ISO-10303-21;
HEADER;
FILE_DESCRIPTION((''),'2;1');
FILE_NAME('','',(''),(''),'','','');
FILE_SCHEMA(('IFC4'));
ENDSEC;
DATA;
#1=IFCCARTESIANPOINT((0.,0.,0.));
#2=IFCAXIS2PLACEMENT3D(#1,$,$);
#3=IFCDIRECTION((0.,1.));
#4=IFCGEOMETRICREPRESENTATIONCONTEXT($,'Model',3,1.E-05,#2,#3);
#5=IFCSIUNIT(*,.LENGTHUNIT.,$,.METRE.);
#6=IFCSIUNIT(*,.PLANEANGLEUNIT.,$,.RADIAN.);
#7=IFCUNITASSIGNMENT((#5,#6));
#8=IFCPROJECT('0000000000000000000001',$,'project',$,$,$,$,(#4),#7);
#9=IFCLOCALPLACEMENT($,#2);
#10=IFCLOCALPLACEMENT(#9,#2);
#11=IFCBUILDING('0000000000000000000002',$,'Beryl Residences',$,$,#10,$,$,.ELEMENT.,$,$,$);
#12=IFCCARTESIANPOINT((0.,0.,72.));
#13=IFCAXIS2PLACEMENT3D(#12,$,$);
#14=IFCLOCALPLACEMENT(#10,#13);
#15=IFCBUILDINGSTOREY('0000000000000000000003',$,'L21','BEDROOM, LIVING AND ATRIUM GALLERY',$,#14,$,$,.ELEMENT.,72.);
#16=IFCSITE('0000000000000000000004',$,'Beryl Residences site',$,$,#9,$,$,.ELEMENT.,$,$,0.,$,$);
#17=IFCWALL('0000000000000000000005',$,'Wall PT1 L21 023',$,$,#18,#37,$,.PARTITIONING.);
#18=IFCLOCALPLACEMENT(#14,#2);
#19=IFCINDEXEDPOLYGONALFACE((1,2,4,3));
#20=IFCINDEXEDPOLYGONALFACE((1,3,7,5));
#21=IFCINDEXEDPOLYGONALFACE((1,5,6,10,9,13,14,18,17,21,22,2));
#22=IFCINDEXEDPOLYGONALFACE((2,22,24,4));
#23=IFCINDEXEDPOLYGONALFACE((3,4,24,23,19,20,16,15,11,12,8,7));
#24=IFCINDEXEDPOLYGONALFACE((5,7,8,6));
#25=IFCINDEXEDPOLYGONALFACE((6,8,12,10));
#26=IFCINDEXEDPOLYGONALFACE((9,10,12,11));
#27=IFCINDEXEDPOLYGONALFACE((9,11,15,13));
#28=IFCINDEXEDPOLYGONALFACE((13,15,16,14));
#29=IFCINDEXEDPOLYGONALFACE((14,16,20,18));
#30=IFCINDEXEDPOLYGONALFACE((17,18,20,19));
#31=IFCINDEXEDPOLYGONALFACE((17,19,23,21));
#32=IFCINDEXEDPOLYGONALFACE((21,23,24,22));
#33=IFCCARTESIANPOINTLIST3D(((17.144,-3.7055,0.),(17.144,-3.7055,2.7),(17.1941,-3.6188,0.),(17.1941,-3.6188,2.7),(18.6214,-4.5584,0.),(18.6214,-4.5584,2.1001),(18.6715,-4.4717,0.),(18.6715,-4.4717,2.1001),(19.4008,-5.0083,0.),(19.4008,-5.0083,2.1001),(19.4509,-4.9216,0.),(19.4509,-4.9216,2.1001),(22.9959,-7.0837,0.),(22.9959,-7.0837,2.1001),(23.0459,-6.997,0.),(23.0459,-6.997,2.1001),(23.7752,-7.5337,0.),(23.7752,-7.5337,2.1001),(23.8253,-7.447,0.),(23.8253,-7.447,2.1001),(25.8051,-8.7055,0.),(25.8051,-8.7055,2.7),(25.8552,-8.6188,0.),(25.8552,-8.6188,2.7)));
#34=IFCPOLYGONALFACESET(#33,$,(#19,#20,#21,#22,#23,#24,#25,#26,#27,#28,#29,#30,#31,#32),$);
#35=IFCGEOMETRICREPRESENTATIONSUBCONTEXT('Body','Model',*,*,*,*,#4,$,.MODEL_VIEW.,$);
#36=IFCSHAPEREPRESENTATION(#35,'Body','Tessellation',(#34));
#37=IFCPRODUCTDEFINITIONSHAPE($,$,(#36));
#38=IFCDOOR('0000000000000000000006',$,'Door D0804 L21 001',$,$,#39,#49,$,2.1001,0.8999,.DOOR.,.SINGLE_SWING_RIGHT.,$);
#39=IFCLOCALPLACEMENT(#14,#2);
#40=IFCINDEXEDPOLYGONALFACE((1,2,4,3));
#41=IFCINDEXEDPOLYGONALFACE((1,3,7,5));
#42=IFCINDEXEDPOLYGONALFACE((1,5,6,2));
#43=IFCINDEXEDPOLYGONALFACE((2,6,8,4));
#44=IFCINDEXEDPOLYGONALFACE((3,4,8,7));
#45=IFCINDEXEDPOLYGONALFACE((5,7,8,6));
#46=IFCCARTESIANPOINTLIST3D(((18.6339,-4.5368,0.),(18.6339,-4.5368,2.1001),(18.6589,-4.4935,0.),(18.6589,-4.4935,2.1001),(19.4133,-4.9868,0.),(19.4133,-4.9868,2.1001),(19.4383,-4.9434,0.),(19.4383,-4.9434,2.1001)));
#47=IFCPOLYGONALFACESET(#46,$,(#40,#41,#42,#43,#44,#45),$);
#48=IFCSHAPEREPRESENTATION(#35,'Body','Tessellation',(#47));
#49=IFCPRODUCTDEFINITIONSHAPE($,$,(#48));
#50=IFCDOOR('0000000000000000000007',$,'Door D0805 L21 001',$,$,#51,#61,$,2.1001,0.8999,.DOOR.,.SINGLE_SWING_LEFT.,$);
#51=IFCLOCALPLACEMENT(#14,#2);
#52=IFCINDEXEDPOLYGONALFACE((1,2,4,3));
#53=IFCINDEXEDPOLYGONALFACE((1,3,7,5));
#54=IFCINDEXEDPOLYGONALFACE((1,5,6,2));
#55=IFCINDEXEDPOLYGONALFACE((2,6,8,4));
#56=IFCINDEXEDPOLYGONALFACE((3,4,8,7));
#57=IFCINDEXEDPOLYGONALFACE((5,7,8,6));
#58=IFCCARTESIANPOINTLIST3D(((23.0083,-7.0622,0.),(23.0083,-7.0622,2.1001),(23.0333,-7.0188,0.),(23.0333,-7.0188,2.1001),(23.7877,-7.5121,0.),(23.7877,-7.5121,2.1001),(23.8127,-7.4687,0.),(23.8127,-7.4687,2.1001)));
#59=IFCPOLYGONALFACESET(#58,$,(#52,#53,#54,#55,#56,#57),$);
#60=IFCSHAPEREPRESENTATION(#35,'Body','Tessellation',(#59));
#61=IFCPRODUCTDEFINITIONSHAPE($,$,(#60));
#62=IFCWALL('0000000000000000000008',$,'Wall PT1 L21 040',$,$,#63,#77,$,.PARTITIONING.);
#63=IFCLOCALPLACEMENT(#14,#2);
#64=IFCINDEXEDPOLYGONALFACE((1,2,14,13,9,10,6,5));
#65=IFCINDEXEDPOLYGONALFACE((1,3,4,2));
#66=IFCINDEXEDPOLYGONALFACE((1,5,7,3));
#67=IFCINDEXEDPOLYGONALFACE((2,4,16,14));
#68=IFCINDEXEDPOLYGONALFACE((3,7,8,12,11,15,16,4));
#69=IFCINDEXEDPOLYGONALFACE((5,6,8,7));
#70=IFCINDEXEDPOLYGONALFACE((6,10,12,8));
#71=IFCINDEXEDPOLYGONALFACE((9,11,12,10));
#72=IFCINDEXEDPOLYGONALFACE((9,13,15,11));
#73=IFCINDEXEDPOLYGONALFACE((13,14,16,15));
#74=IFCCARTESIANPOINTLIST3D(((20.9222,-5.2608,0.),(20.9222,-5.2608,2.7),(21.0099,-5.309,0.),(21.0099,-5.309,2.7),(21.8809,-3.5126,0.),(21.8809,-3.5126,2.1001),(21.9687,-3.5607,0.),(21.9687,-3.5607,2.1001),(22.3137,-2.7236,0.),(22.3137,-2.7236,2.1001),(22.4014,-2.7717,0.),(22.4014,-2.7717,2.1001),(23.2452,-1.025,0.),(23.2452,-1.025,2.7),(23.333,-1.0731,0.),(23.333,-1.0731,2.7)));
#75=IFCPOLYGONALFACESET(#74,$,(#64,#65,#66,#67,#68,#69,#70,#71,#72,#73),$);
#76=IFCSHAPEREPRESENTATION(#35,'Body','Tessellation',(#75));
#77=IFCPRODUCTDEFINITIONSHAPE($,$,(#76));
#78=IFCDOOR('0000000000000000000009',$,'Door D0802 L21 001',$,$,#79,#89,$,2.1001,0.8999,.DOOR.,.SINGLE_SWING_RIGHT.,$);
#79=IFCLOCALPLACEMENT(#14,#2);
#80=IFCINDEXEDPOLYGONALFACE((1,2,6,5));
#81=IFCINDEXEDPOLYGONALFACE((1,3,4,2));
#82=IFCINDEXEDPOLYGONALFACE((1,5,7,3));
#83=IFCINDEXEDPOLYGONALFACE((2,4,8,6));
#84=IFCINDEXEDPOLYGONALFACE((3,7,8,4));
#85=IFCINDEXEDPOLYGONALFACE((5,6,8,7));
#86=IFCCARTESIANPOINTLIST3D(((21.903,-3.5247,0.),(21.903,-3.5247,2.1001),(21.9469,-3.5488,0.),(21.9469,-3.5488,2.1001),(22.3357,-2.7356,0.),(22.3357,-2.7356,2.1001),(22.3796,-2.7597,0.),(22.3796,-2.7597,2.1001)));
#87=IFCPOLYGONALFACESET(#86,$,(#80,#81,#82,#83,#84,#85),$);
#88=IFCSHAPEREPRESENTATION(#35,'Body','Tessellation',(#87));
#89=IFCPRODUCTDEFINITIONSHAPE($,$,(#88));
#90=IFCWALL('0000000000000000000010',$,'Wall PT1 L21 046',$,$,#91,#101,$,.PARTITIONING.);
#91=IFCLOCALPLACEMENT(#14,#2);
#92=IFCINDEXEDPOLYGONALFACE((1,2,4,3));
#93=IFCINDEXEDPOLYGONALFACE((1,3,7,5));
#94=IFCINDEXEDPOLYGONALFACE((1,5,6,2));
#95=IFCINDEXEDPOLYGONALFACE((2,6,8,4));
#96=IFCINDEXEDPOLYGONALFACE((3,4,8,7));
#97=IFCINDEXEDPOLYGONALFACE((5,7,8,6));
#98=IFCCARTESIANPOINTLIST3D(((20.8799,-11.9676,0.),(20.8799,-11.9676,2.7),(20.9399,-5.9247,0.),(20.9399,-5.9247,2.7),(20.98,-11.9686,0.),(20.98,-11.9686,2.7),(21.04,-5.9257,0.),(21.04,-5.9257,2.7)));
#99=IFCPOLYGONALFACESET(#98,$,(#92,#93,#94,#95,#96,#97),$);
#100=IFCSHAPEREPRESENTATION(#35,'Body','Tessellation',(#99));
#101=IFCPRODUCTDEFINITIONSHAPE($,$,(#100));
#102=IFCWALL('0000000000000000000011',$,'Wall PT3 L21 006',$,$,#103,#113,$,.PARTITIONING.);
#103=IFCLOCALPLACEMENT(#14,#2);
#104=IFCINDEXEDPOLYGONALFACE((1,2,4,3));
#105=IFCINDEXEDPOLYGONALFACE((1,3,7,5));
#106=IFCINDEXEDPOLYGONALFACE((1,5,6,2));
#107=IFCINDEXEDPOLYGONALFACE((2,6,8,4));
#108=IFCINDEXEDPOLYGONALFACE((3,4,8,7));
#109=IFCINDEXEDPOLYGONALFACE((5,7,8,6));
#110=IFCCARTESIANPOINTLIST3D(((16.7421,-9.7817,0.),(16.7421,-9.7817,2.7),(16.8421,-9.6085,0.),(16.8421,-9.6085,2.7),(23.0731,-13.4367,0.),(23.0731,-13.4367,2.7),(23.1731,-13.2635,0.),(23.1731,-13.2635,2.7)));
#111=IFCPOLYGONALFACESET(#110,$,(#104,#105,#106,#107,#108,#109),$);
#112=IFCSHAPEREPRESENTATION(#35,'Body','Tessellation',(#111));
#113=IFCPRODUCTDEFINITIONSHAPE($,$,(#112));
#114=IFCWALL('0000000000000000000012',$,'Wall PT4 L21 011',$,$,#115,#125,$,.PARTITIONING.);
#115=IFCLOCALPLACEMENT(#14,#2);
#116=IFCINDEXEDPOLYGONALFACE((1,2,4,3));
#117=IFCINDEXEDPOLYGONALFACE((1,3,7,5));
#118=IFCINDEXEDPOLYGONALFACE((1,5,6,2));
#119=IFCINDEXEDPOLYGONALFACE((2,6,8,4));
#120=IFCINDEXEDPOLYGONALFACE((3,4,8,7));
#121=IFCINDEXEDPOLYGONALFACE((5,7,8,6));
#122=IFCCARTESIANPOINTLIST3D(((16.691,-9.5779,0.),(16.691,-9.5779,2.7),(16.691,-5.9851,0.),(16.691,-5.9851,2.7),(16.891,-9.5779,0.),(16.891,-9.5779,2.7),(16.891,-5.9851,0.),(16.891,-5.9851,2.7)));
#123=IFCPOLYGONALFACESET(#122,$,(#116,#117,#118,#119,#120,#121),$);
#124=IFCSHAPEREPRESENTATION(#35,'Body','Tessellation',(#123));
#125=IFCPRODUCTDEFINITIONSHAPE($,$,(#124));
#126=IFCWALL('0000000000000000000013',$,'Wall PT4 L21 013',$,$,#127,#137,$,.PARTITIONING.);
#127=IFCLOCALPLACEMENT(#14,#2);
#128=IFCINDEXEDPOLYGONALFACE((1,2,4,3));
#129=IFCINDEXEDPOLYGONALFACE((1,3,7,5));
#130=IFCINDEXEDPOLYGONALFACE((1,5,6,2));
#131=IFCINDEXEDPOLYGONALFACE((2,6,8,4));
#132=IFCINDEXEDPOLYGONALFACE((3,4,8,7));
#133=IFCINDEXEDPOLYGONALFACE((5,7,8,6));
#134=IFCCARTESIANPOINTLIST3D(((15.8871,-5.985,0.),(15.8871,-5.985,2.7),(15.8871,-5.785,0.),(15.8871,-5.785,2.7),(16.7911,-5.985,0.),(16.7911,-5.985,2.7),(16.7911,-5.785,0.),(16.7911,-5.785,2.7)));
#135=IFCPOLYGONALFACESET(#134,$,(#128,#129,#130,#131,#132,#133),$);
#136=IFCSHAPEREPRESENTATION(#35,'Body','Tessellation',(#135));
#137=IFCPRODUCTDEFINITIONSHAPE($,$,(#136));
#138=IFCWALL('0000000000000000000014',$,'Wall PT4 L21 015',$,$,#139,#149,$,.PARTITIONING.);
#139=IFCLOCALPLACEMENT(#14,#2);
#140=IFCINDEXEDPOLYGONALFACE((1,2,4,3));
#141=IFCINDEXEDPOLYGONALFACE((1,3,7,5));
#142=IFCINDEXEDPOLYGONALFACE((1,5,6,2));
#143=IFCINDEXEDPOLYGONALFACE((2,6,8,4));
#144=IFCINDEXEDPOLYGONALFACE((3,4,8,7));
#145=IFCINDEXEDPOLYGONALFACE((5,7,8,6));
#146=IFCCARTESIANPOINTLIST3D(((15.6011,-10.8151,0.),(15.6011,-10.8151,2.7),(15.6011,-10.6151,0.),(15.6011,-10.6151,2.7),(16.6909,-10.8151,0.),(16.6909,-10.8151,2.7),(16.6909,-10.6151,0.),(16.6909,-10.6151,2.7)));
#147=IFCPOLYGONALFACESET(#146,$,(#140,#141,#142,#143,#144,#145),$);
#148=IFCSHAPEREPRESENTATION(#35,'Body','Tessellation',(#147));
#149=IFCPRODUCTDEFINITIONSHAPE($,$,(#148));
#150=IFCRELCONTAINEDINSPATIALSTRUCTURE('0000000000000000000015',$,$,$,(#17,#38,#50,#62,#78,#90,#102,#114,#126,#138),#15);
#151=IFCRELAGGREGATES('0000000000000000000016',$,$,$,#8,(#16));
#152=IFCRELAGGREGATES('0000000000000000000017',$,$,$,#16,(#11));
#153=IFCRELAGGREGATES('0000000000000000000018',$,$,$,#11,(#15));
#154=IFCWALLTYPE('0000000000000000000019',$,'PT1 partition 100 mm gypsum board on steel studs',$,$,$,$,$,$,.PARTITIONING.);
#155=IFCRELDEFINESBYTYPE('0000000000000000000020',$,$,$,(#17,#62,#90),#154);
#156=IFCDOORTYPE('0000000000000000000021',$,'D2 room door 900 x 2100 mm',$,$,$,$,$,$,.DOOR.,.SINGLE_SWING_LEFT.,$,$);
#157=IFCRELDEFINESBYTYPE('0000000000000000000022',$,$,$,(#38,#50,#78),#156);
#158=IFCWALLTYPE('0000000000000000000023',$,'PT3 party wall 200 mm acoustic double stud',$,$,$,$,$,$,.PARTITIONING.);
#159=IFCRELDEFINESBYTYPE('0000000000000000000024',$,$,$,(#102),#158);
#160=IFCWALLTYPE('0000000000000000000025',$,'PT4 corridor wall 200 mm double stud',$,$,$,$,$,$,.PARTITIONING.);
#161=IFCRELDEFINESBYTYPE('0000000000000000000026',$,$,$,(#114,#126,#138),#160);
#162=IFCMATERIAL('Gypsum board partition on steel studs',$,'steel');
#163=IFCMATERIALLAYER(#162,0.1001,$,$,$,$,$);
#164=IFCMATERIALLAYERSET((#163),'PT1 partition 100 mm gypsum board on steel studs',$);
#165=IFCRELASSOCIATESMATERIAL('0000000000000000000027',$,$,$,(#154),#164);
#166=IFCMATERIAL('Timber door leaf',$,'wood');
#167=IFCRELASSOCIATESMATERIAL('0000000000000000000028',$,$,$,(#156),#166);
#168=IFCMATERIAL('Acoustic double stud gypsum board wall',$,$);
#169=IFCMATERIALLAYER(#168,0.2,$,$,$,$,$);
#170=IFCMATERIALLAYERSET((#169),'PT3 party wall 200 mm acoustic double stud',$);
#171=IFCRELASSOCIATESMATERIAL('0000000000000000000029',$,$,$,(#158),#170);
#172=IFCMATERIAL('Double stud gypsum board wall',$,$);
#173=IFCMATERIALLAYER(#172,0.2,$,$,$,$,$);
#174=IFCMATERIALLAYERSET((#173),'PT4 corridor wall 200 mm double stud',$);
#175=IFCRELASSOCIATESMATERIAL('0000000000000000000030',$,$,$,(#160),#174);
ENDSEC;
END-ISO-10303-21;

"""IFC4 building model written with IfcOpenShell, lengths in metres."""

from ifc_helpers import new_model, si_unit, direction, frame, frame_2d, origin, place, context, subcontext, project, spatial, rectangle, extrude, material, layer, layer_set, type_object, element, fill, save


model = new_model("IFC4")

# Units and contexts
model_context = context("Model", 3, precision=1e-05, world=origin(), true_north=direction((0.0, 1.0)))
body_context = subcontext(model_context, "Body", "Model", "MODEL_VIEW")
ifc_project = project(units=[si_unit("LENGTHUNIT", "METRE"), si_unit("PLANEANGLEUNIT", "RADIAN")], contexts=[model_context])

# Site, building, storey
site_placement = place(None, origin())
site = spatial("IfcSite", under=ifc_project, at=site_placement, Name="Beryl Residences site", CompositionType="ELEMENT", RefElevation=0.0)
building_placement = place(site_placement, origin())
building = spatial("IfcBuilding", under=site, at=building_placement, Name="Beryl Residences", CompositionType="ELEMENT")
storey_placement = place(building_placement, frame((0.0, 0.0, 72.0)))
storey = spatial("IfcBuildingStorey", under=building, at=storey_placement, Name="L21", Description="BEDROOM, LIVING AND ATRIUM GALLERY", CompositionType="ELEMENT", Elevation=72.0)

# Shared definitions
ifc_material_1 = material(Name="Gypsum board partition on steel studs", Category="steel")
ifc_layer_1 = layer(ifc_material_1, 0.1001)
ifc_layer_set_1 = layer_set([ifc_layer_1], Name="PT1 partition 100 mm gypsum board on steel studs")
wall_type_1 = type_object("IfcWallType", Name="PT1 partition 100 mm gypsum board on steel studs", PredefinedType="PARTITIONING", material=ifc_layer_set_1)

# Wall, openings, doors
wall_1_placement = place(storey_placement, frame((17.1689, -3.6621, 0.0), z_axis=(0.0, 0.0, 1.0), x_axis=(0.866047, -0.499962, 0.0)))
wall_1 = element("IfcWall", 1, at=wall_1_placement, inside=storey, type_object=wall_type_1, Name="Wall PT1 L21 023", PredefinedType="PARTITIONING", context=body_context, shape_type="SweptSolid", body=[
    extrude(rectangle(XDim=10.0007, YDim=0.1001, at=frame_2d((5.0005, 0.0))), origin(), (0.0, 0.0, 1.0), 2.7),
])
opening_1_placement = place(wall_1_placement, frame((1.7061, 0.0, 0.0)))
opening_1 = element("IfcOpeningElement", 2, at=opening_1_placement, cuts=wall_1, PredefinedType="OPENING", context=body_context, shape_type="SweptSolid", body=[
    extrude(rectangle(XDim=0.8999, YDim=2.1001, at=frame_2d((0.45, 1.05))), frame((0.0, 0.0601, 0.0), z_axis=(0.0, -1.0, 0.0), x_axis=(1.0, 0.0, 0.0)), (0.0, 0.0, 1.0), 0.1201),
])
opening_2_placement = place(wall_1_placement, frame((6.7571, 0.0, 0.0)))
opening_2 = element("IfcOpeningElement", 3, at=opening_2_placement, cuts=wall_1, PredefinedType="OPENING", context=body_context, shape_type="SweptSolid", body=[
    extrude(rectangle(XDim=0.8999, YDim=2.1001, at=frame_2d((0.45, 1.05))), frame((0.0, 0.0601, 0.0), z_axis=(0.0, -1.0, 0.0), x_axis=(1.0, 0.0, 0.0)), (0.0, 0.0, 1.0), 0.1201),
])
ifc_material_2 = material(Name="Timber door leaf", Category="wood")
door_type_1 = type_object("IfcDoorType", Name="D2 room door 900 x 2100 mm", OperationType="SINGLE_SWING_LEFT", PredefinedType="DOOR", material=ifc_material_2)
door_1_placement = place(opening_1_placement, origin())
door_1 = element("IfcDoor", 4, at=door_1_placement, inside=storey, type_object=door_type_1, Name="Door D0804 L21 001", OperationType="SINGLE_SWING_RIGHT", OverallHeight=2.1001, OverallWidth=0.8999, PredefinedType="DOOR", context=body_context, shape_type="SweptSolid", body=[
    extrude(rectangle(XDim=0.8999, YDim=2.1001, at=frame_2d((0.45, 1.05))), frame((0.0, 0.0249, 0.0), z_axis=(0.0, -1.0, 0.0), x_axis=(1.0, 0.0, 0.0)), (0.0, 0.0, 1.0), 0.05),
])
fill(opening_1, door_1)
door_2_placement = place(opening_2_placement, origin())
door_2 = element("IfcDoor", 5, at=door_2_placement, inside=storey, type_object=door_type_1, Name="Door D0805 L21 001", OperationType="SINGLE_SWING_LEFT", OverallHeight=2.1001, OverallWidth=0.8999, PredefinedType="DOOR", context=body_context, shape_type="SweptSolid", body=[
    extrude(rectangle(XDim=0.8999, YDim=2.1001, at=frame_2d((0.45, 1.05))), frame((0.0, 0.0249, 0.0), z_axis=(0.0, -1.0, 0.0), x_axis=(1.0, 0.0, 0.0)), (0.0, 0.0, 1.0), 0.05),
])
fill(opening_2, door_2)

# Wall, opening, door
wall_2_placement = place(storey_placement, frame((20.9661, -5.2849, 0.0), z_axis=(0.0, 0.0, 1.0), x_axis=(0.480851, 0.876802, 0.0)))
wall_2 = element("IfcWall", 6, at=wall_2_placement, inside=storey, type_object=wall_type_1, Name="Wall PT1 L21 040", PredefinedType="PARTITIONING", context=body_context, shape_type="SweptSolid", body=[
    extrude(rectangle(XDim=4.8311, YDim=0.1001, at=frame_2d((2.4155, 0.0))), origin(), (0.0, 0.0, 1.0), 2.7),
])
opening_3_placement = place(wall_2_placement, frame((1.9939, 0.0, 0.0)))
opening_3 = element("IfcOpeningElement", 7, at=opening_3_placement, cuts=wall_2, PredefinedType="OPENING", context=body_context, shape_type="SweptSolid", body=[
    extrude(rectangle(XDim=0.8999, YDim=2.1001, at=frame_2d((0.45, 1.05))), frame((0.0, 0.0601, 0.0), z_axis=(0.0, -1.0, 0.0), x_axis=(1.0, 0.0, 0.0)), (0.0, 0.0, 1.0), 0.1201),
])
door_3_placement = place(opening_3_placement, origin())
door_3 = element("IfcDoor", 8, at=door_3_placement, inside=storey, type_object=door_type_1, Name="Door D0802 L21 001", OperationType="SINGLE_SWING_RIGHT", OverallHeight=2.1001, OverallWidth=0.8999, PredefinedType="DOOR", context=body_context, shape_type="SweptSolid", body=[
    extrude(rectangle(XDim=0.8999, YDim=2.1001, at=frame_2d((0.45, 1.05))), frame((0.0, 0.0249, 0.0), z_axis=(0.0, -1.0, 0.0), x_axis=(1.0, 0.0, 0.0)), (0.0, 0.0, 1.0), 0.05),
])
fill(opening_3, door_3)

# Walls
wall_3_placement = place(storey_placement, frame((20.9299, -11.968, 0.0), z_axis=(0.0, 0.0, 1.0), x_axis=(0.009938, 0.999951, 0.0)))
element("IfcWall", 9, at=wall_3_placement, inside=storey, type_object=wall_type_1, Name="Wall PT1 L21 046", PredefinedType="PARTITIONING", context=body_context, shape_type="SweptSolid", body=[
    extrude(rectangle(XDim=6.0432, YDim=0.1001, at=frame_2d((3.0215, 0.0))), origin(), (0.0, 0.0, 1.0), 2.7),
])
ifc_material_3 = material(Name="Acoustic double stud gypsum board wall")
ifc_layer_2 = layer(ifc_material_3, 0.2)
ifc_layer_set_2 = layer_set([ifc_layer_2], Name="PT3 party wall 200 mm acoustic double stud")
wall_type_2 = type_object("IfcWallType", Name="PT3 party wall 200 mm acoustic double stud", PredefinedType="PARTITIONING", material=ifc_layer_set_2)
wall_4_placement = place(storey_placement, frame((16.792, -9.6951, 0.0), z_axis=(0.0, 0.0, 1.0), x_axis=(0.866038, -0.499979, 0.0)))
element("IfcWall", 10, at=wall_4_placement, inside=storey, type_object=wall_type_2, Name="Wall PT3 L21 006", PredefinedType="PARTITIONING", context=body_context, shape_type="SweptSolid", body=[
    extrude(rectangle(XDim=7.3103, YDim=0.2, at=frame_2d((3.6553, 0.0))), origin(), (0.0, 0.0, 1.0), 2.7),
])
ifc_material_4 = material(Name="Double stud gypsum board wall")
ifc_layer_3 = layer(ifc_material_4, 0.2)
ifc_layer_set_3 = layer_set([ifc_layer_3], Name="PT4 corridor wall 200 mm double stud")
wall_type_3 = type_object("IfcWallType", Name="PT4 corridor wall 200 mm double stud", PredefinedType="PARTITIONING", material=ifc_layer_set_3)
wall_5_placement = place(storey_placement, frame((16.791, -5.9851, 0.0), z_axis=(0.0, 0.0, 1.0), x_axis=(0.0, -1.0, 0.0)))
element("IfcWall", 11, at=wall_5_placement, inside=storey, type_object=wall_type_3, Name="Wall PT4 L21 011", PredefinedType="PARTITIONING", context=body_context, shape_type="SweptSolid", body=[
    extrude(rectangle(XDim=3.5928, YDim=0.2, at=frame_2d((1.7964, 0.0))), origin(), (0.0, 0.0, 1.0), 2.7),
])
wall_6_placement = place(storey_placement, frame((15.887, -5.885, 0.0), z_axis=(0.0, 0.0, 1.0), x_axis=(1.0, 0.0, 0.0)))
element("IfcWall", 12, at=wall_6_placement, inside=storey, type_object=wall_type_3, Name="Wall PT4 L21 013", PredefinedType="PARTITIONING", context=body_context, shape_type="SweptSolid", body=[
    extrude(rectangle(XDim=0.9041, YDim=0.2, at=frame_2d((0.4521, 0.0))), origin(), (0.0, 0.0, 1.0), 2.7),
])
wall_7_placement = place(storey_placement, frame((15.6011, -10.7151, 0.0), z_axis=(0.0, 0.0, 1.0), x_axis=(1.0, 0.0, 0.0)))
element("IfcWall", 13, at=wall_7_placement, inside=storey, type_object=wall_type_3, Name="Wall PT4 L21 015", PredefinedType="PARTITIONING", context=body_context, shape_type="SweptSolid", body=[
    extrude(rectangle(XDim=1.0898, YDim=0.2, at=frame_2d((0.5449, 0.0))), origin(), (0.0, 0.0, 1.0), 2.7),
])

save(model, "model.ifc")
